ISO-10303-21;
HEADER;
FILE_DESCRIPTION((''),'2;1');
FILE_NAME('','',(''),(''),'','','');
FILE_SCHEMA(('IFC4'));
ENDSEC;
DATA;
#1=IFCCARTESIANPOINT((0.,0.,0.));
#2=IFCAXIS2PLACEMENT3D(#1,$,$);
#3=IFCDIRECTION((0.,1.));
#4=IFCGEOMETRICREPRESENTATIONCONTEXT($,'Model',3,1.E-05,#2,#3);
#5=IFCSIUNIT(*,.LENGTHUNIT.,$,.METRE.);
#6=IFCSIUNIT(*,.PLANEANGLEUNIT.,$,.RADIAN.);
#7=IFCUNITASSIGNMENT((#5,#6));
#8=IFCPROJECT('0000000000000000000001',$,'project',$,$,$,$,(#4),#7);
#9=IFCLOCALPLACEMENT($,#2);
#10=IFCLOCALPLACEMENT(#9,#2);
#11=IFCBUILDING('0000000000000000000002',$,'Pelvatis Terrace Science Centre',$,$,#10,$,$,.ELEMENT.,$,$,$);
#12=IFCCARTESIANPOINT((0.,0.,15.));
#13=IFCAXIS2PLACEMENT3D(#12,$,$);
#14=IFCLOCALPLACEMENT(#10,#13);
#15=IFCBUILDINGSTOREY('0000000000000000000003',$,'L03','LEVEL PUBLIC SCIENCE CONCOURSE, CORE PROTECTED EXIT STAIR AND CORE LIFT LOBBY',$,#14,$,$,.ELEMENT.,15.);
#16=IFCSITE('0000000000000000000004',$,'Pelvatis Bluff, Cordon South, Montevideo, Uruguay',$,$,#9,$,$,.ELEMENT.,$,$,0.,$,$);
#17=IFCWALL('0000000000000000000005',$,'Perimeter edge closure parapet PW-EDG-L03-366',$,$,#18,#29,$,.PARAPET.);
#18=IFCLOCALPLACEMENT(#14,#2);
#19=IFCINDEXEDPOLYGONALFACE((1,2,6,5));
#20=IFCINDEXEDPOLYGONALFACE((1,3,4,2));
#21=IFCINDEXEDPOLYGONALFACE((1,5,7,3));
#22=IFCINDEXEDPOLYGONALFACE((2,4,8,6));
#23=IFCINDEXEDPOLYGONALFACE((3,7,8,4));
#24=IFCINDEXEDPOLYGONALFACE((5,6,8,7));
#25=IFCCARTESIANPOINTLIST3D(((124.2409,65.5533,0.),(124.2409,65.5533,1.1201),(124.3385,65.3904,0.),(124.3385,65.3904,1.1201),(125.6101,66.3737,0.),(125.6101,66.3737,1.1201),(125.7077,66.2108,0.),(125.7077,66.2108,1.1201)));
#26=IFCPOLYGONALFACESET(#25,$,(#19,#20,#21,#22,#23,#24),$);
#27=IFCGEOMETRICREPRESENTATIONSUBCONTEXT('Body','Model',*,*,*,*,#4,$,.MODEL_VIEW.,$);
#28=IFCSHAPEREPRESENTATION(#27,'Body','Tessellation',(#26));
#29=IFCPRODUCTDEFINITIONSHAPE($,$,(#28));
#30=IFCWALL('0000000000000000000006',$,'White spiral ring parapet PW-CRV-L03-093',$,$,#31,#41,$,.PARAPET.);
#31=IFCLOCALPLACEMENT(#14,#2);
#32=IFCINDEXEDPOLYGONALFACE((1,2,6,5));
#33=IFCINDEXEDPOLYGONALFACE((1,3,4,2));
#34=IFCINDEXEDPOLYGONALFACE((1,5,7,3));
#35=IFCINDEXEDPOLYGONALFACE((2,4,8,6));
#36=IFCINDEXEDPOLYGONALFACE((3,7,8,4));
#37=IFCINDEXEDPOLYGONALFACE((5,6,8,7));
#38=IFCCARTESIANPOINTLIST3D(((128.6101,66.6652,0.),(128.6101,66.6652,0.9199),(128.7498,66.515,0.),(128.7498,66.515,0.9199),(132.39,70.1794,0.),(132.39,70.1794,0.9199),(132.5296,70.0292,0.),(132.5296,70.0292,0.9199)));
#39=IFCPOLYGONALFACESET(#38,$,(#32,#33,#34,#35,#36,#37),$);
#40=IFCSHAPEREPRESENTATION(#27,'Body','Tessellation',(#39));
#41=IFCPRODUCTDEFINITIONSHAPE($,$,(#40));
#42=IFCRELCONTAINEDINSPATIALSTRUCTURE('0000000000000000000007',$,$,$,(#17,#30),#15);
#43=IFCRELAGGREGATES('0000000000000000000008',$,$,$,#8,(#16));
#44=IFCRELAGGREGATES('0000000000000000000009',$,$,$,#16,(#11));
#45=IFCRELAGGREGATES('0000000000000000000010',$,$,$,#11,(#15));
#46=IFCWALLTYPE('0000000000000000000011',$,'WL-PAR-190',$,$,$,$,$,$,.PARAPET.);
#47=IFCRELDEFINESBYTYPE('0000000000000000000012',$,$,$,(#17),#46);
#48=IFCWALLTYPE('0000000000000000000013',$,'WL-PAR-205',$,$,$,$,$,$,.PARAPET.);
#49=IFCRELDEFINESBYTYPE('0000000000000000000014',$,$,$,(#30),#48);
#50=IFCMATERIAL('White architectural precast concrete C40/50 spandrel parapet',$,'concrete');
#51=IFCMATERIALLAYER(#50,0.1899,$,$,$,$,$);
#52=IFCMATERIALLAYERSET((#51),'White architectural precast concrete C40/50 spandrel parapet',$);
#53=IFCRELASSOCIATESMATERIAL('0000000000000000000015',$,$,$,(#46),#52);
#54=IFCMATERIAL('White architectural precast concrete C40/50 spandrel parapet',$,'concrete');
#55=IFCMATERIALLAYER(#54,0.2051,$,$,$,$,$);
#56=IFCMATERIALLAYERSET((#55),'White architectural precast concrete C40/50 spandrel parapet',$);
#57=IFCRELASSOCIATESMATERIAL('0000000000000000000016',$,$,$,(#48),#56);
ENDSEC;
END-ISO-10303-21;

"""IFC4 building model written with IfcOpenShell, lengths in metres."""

from ifc_helpers import new_model, si_unit, direction, frame, frame_2d, origin, place, context, subcontext, project, spatial, rectangle, extrude, material, layer, layer_set, type_object, element, save


model = new_model("IFC4")

# Units and contexts
model_context = context("Model", 3, precision=1e-05, world=origin(), true_north=direction((0.0, 1.0)))
body_context = subcontext(model_context, "Body", "Model", "MODEL_VIEW")
ifc_project = project(units=[si_unit("LENGTHUNIT", "METRE"), si_unit("PLANEANGLEUNIT", "RADIAN")], contexts=[model_context])

# Site, building, storey
site_placement = place(None, origin())
site = spatial("IfcSite", under=ifc_project, at=site_placement, Name="Pelvatis Bluff, Cordon South, Montevideo, Uruguay", CompositionType="ELEMENT", RefElevation=0.0)
building_placement = place(site_placement, origin())
building = spatial("IfcBuilding", under=site, at=building_placement, Name="Pelvatis Terrace Science Centre", CompositionType="ELEMENT")
storey_placement = place(building_placement, frame((0.0, 0.0, 15.0)))
storey = spatial("IfcBuildingStorey", under=building, at=storey_placement, Name="L03", Description="LEVEL PUBLIC SCIENCE CONCOURSE, CORE PROTECTED EXIT STAIR AND CORE LIFT LOBBY", CompositionType="ELEMENT", Elevation=15.0)

# Walls
ifc_material_1 = material(Name="White architectural precast concrete C40/50 spandrel parapet", Category="concrete")
ifc_layer_1 = layer(ifc_material_1, 0.1899)
ifc_layer_set_1 = layer_set([ifc_layer_1], Name="White architectural precast concrete C40/50 spandrel parapet")
wall_type_1 = type_object("IfcWallType", Name="WL-PAR-190", PredefinedType="PARAPET", material=ifc_layer_set_1)
wall_1_placement = place(storey_placement, frame((125.6589, 66.2922, 0.0), z_axis=(0.0, 0.0, 1.0), x_axis=(-0.857817, -0.513956, 0.0)))
element("IfcWall", 1, at=wall_1_placement, inside=storey, type_object=wall_type_1, Name="Perimeter edge closure parapet PW-EDG-L03-366", PredefinedType="PARAPET", context=body_context, shape_type="SweptSolid", body=[
    extrude(rectangle(XDim=1.5962, YDim=0.1899, at=frame_2d((0.7981, 0.0))), origin(), (0.0, 0.0, 1.0), 1.1201),
])
ifc_material_2 = material(Name="White architectural precast concrete C40/50 spandrel parapet", Category="concrete")
ifc_layer_2 = layer(ifc_material_2, 0.2051)
ifc_layer_set_2 = layer_set([ifc_layer_2], Name="White architectural precast concrete C40/50 spandrel parapet")
wall_type_2 = type_object("IfcWallType", Name="WL-PAR-205", PredefinedType="PARAPET", material=ifc_layer_set_2)
wall_2_placement = place(storey_placement, frame((128.6799, 66.5901, 0.0), z_axis=(0.0, 0.0, 1.0), x_axis=(0.732372, 0.680905, 0.0)))
element("IfcWall", 2, at=wall_2_placement, inside=storey, type_object=wall_type_2, Name="White spiral ring parapet PW-CRV-L03-093", PredefinedType="PARAPET", context=body_context, shape_type="SweptSolid", body=[
    extrude(rectangle(XDim=5.1611, YDim=0.2051, at=frame_2d((2.5806, 0.0))), origin(), (0.0, 0.0, 1.0), 0.9199),
])

save(model, "model.ifc")
